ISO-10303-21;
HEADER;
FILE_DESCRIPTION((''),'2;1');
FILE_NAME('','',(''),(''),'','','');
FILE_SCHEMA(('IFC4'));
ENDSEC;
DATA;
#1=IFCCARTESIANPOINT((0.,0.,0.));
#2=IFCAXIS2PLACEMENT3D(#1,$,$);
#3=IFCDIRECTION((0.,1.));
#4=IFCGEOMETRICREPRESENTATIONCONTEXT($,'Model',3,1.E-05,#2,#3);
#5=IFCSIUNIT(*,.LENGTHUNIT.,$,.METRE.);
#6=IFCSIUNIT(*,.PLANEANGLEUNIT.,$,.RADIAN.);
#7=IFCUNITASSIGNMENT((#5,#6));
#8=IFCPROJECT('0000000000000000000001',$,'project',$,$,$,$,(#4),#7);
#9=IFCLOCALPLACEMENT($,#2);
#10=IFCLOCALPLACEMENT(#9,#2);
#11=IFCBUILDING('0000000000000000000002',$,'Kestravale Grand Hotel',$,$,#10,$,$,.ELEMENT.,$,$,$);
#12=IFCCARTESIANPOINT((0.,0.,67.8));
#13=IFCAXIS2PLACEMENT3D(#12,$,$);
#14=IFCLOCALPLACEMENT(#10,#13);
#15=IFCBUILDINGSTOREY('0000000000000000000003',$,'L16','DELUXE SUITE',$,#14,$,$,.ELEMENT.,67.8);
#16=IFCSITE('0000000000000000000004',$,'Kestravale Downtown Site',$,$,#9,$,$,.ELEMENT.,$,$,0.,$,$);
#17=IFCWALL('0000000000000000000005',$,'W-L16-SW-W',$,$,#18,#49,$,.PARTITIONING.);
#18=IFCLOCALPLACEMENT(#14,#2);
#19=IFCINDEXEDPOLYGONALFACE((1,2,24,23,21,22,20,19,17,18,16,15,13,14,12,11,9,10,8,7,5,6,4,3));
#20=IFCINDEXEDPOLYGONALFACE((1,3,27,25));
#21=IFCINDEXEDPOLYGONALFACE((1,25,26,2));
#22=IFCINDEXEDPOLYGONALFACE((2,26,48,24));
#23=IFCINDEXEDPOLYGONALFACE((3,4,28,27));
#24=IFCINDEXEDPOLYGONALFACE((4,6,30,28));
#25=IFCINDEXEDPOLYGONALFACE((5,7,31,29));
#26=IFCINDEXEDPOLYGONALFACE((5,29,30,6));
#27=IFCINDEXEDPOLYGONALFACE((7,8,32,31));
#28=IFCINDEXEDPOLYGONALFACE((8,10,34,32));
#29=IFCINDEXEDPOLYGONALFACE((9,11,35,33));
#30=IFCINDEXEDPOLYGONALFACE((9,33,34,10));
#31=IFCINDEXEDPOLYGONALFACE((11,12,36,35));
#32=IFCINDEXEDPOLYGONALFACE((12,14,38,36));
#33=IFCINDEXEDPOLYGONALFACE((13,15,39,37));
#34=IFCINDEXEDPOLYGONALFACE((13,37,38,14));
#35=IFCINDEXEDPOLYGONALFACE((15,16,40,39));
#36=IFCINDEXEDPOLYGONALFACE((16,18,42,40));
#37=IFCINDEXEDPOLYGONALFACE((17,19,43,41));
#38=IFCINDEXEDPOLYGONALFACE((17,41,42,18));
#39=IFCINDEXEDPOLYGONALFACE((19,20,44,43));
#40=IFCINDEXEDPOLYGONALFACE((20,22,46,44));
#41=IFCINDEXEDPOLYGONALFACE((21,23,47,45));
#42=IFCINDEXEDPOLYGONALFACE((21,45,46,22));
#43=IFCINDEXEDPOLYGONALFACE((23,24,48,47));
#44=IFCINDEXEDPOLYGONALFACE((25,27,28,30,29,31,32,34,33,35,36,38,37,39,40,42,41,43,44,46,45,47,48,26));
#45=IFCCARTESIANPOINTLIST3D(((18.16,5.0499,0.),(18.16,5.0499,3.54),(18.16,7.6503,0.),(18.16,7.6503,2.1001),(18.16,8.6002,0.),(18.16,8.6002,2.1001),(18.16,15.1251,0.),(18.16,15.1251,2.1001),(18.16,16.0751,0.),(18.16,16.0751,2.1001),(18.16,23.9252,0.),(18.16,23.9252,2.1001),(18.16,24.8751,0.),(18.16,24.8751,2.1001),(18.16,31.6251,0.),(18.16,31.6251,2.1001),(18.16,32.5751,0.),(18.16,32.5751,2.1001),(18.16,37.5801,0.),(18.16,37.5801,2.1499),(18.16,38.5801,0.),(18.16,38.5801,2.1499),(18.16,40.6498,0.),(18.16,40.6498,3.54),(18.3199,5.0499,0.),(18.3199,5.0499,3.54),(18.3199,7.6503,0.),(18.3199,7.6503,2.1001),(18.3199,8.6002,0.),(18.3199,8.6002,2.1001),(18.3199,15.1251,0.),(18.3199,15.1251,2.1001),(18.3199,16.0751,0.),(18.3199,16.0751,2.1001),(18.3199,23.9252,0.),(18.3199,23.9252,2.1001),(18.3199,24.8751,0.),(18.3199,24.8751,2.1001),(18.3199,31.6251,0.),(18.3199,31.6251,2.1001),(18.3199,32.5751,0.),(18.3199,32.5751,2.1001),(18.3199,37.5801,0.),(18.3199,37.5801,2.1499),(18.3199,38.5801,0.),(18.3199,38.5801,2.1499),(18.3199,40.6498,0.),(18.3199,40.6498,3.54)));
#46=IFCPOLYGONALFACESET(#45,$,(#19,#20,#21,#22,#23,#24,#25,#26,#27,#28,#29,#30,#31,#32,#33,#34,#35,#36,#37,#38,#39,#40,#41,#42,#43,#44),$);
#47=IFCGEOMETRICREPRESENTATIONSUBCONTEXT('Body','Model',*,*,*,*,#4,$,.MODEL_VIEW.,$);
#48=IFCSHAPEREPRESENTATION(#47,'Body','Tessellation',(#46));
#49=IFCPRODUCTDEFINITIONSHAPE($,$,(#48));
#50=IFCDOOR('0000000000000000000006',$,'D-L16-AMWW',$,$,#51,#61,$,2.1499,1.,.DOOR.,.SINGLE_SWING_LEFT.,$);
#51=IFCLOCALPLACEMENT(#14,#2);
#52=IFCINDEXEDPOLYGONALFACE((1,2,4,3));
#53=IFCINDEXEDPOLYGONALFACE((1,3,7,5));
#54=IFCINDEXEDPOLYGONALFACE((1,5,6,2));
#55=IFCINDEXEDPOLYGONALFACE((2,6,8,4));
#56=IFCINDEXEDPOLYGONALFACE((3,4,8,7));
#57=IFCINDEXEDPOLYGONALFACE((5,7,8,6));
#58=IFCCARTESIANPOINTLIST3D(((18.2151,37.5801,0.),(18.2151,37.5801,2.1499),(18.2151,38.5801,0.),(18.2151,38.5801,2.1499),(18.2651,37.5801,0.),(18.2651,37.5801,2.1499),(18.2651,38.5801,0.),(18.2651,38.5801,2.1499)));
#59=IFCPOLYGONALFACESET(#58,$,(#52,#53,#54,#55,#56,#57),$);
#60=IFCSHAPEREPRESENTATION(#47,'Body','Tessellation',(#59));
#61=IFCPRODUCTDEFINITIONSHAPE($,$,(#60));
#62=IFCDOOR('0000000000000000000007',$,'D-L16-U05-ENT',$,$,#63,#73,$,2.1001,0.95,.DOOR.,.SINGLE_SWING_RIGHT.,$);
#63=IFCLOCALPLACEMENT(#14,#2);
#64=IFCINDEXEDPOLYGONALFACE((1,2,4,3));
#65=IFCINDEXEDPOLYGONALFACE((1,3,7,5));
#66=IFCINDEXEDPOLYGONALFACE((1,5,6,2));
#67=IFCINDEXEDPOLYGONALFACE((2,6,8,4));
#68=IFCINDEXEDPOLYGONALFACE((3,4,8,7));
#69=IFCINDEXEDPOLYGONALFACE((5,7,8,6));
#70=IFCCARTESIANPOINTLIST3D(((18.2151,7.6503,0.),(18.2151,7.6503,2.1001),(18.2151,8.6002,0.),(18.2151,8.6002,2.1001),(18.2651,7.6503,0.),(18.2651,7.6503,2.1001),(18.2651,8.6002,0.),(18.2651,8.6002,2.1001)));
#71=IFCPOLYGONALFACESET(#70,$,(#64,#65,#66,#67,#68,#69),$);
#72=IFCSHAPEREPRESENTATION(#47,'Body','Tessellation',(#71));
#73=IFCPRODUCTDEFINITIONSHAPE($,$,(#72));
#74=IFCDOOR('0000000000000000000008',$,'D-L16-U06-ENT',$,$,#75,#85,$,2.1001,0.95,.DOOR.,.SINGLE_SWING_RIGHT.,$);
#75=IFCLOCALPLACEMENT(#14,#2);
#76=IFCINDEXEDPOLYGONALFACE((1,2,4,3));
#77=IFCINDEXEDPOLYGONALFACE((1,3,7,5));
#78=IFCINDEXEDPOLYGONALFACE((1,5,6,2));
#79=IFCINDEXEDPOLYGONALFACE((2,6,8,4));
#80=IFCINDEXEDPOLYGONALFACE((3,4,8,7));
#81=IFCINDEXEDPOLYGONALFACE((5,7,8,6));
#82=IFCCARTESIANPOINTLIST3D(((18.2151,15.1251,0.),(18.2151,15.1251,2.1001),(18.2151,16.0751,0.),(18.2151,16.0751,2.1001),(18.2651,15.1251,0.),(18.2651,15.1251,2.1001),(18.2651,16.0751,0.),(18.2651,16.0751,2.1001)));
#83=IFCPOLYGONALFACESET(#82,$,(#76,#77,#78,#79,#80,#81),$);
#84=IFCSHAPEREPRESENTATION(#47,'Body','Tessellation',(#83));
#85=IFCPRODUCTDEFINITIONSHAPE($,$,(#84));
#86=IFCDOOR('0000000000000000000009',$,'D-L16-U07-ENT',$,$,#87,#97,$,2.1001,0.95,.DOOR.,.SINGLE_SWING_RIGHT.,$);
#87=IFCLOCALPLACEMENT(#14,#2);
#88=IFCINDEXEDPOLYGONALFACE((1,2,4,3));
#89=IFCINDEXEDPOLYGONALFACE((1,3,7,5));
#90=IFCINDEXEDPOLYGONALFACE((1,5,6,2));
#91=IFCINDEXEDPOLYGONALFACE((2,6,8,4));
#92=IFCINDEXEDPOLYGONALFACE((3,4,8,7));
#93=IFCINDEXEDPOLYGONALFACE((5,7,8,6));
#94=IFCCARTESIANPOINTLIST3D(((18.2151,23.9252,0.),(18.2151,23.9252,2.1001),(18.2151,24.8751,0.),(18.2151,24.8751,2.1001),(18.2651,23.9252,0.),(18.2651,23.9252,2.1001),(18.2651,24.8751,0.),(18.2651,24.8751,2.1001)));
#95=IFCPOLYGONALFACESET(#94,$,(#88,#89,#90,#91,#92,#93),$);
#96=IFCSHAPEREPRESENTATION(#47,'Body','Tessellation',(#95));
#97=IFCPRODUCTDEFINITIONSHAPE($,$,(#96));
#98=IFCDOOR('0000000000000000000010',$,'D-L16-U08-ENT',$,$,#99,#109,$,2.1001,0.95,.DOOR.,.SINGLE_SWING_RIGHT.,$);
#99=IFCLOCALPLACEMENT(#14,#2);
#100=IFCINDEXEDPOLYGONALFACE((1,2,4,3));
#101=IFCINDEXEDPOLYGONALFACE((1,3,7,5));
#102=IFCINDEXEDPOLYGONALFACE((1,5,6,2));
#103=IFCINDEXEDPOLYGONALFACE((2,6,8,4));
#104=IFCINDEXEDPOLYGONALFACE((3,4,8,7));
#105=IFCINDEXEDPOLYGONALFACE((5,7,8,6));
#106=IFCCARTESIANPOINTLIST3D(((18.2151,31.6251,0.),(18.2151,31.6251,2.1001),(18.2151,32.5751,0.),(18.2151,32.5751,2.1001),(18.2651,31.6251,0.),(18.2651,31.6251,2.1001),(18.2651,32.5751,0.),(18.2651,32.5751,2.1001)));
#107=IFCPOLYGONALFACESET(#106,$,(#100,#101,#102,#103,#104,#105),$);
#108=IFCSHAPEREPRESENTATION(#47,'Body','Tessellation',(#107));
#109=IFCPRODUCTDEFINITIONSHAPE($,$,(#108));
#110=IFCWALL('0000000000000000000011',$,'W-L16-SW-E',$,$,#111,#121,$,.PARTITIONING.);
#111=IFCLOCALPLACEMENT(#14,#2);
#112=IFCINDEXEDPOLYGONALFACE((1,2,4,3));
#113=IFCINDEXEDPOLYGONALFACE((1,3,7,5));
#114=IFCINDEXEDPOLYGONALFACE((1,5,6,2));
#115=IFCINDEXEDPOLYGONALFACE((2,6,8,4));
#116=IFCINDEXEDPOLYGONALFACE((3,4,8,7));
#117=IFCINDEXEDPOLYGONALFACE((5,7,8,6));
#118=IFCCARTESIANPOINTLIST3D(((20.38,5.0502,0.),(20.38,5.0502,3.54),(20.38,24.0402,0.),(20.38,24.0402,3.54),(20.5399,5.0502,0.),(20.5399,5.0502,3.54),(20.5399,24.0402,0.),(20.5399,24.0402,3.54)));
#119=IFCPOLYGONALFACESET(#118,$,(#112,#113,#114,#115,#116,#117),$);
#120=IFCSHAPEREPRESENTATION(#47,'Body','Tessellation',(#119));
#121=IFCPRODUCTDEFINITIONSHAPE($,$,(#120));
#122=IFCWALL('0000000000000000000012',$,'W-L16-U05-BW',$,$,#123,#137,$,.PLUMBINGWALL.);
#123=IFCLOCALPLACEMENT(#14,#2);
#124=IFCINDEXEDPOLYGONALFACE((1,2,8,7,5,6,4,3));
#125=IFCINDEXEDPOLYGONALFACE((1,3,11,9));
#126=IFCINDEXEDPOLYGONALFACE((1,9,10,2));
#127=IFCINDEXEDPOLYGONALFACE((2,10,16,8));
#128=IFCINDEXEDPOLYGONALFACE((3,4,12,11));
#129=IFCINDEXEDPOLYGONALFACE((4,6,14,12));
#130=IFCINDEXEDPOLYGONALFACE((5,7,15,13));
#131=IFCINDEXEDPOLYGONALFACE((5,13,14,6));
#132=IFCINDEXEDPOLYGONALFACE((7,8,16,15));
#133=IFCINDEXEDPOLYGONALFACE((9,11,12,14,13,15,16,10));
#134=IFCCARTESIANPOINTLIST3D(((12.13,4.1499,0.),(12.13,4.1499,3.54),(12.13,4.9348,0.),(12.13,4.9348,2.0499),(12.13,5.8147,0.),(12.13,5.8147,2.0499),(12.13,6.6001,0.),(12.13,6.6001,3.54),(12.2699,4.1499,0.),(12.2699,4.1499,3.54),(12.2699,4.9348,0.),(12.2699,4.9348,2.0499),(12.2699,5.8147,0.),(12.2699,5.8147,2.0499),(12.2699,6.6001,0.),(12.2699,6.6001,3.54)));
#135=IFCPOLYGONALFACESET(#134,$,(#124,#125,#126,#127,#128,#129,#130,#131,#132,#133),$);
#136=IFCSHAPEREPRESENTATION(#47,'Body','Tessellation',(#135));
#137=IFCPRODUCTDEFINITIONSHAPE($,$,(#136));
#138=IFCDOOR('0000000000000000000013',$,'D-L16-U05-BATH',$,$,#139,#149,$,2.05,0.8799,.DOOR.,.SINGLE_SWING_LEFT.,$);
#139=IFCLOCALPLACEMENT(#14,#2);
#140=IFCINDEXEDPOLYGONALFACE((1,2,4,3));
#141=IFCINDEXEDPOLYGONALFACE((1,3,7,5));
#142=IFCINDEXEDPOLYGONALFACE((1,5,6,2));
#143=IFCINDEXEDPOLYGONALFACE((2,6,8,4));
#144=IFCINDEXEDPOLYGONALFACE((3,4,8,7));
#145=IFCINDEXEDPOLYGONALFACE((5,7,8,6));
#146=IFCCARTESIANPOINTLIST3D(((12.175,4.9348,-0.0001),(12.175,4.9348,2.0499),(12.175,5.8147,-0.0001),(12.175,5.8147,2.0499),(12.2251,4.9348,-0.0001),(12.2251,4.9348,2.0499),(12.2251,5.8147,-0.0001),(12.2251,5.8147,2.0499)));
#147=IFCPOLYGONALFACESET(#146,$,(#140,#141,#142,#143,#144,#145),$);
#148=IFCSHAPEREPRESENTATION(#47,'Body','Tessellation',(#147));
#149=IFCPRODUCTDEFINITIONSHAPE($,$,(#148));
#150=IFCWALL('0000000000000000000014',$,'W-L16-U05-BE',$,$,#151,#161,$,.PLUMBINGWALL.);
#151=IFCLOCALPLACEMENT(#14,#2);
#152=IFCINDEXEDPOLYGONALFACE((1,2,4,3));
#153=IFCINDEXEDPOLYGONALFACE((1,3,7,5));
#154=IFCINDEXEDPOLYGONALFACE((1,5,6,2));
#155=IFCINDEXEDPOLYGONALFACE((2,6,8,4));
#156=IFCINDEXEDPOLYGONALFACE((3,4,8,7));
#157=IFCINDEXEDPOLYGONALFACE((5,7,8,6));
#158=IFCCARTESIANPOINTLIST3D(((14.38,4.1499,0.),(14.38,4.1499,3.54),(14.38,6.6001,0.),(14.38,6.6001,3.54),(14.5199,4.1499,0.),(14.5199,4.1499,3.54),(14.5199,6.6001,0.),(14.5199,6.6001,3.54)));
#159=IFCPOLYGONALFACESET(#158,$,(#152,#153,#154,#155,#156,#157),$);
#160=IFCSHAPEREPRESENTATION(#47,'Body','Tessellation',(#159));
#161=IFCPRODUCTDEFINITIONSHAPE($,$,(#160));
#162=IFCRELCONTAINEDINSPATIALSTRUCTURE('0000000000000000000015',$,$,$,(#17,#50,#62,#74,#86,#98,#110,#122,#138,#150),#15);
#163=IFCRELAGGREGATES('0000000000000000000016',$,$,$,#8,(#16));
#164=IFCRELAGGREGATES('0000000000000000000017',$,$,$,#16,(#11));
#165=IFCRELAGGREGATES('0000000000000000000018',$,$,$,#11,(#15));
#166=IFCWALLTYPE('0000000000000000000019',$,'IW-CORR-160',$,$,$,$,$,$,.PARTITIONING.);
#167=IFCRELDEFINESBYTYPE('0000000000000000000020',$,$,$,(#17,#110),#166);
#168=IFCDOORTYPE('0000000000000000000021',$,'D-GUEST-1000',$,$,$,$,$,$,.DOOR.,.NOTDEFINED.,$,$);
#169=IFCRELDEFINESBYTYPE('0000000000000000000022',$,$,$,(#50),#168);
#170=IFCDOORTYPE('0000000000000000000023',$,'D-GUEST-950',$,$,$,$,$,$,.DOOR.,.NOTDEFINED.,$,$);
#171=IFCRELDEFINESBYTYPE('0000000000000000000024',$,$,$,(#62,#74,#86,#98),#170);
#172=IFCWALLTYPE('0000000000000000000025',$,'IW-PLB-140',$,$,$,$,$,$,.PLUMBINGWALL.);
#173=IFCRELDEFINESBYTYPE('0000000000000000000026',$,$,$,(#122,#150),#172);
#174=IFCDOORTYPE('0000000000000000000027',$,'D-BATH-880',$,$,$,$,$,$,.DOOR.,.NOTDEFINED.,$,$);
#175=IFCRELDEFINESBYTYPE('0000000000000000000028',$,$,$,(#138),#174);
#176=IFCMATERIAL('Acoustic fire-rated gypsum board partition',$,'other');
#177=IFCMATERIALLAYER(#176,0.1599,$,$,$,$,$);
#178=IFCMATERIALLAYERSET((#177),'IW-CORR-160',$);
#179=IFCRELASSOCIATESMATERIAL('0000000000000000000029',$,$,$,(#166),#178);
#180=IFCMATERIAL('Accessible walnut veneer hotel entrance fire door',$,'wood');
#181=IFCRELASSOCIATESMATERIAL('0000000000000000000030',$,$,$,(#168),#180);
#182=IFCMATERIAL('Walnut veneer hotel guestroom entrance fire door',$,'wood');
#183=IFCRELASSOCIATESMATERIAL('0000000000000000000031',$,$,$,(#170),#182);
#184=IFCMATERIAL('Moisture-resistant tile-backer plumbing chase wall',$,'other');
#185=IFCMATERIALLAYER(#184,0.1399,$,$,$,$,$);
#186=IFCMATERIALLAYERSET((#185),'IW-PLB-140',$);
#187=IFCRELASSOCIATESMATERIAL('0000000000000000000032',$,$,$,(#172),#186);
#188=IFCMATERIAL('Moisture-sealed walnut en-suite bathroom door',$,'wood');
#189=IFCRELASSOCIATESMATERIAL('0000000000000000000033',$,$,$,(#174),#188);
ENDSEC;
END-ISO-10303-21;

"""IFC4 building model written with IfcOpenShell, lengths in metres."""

from ifc_helpers import new_model, si_unit, direction, frame, frame_2d, origin, place, context, subcontext, project, spatial, rectangle, extrude, material, layer, layer_set, type_object, element, fill, save


model = new_model("IFC4")

# Units and contexts
model_context = context("Model", 3, precision=1e-05, world=origin(), true_north=direction((0.0, 1.0)))
body_context = subcontext(model_context, "Body", "Model", "MODEL_VIEW")
ifc_project = project(units=[si_unit("LENGTHUNIT", "METRE"), si_unit("PLANEANGLEUNIT", "RADIAN")], contexts=[model_context])

# Site, building, storey
site_placement = place(None, origin())
site = spatial("IfcSite", under=ifc_project, at=site_placement, Name="Kestravale Downtown Site", CompositionType="ELEMENT", RefElevation=0.0)
building_placement = place(site_placement, origin())
building = spatial("IfcBuilding", under=site, at=building_placement, Name="Kestravale Grand Hotel", CompositionType="ELEMENT")
storey_placement = place(building_placement, frame((0.0, 0.0, 67.8)))
storey = spatial("IfcBuildingStorey", under=building, at=storey_placement, Name="L16", Description="DELUXE SUITE", CompositionType="ELEMENT", Elevation=67.8)

# Wall, openings, doors
ifc_material_1 = material(Name="Acoustic fire-rated gypsum board partition", Category="other")
ifc_layer_1 = layer(ifc_material_1, 0.1599)
ifc_layer_set_1 = layer_set([ifc_layer_1], Name="IW-CORR-160")
wall_type_1 = type_object("IfcWallType", Name="IW-CORR-160", PredefinedType="PARTITIONING", material=ifc_layer_set_1)
wall_1_placement = place(storey_placement, frame((18.24, 5.05, 0.0), z_axis=(0.0, 0.0, 1.0), x_axis=(0.0, 1.0, 0.0)))
wall_1 = element("IfcWall", 1, at=wall_1_placement, inside=storey, type_object=wall_type_1, Name="W-L16-SW-W", PredefinedType="PARTITIONING", context=body_context, shape_type="SweptSolid", body=[
    extrude(rectangle(XDim=35.5999, YDim=0.1599, at=frame_2d((17.7998, 0.0))), origin(), (0.0, 0.0, 1.0), 3.54),
])
opening_1_placement = place(wall_1_placement, frame((2.6001, 0.0, 0.0)))
opening_1 = element("IfcOpeningElement", 2, at=opening_1_placement, cuts=wall_1, PredefinedType="OPENING", context=body_context, shape_type="SweptSolid", body=[
    extrude(rectangle(XDim=0.95, YDim=2.1001, at=frame_2d((0.4751, 1.05))), frame((0.0, 0.0898, 0.0), z_axis=(0.0, -1.0, 0.0), x_axis=(1.0, 0.0, 0.0)), (0.0, 0.0, 1.0), 0.1799),
])
opening_2_placement = place(wall_1_placement, frame((10.075, 0.0, 0.0)))
opening_2 = element("IfcOpeningElement", 3, at=opening_2_placement, cuts=wall_1, PredefinedType="OPENING", context=body_context, shape_type="SweptSolid", body=[
    extrude(rectangle(XDim=0.95, YDim=2.1001, at=frame_2d((0.4751, 1.05))), frame((0.0, 0.0898, 0.0), z_axis=(0.0, -1.0, 0.0), x_axis=(1.0, 0.0, 0.0)), (0.0, 0.0, 1.0), 0.1799),
])
opening_3_placement = place(wall_1_placement, frame((18.875, 0.0, 0.0)))
opening_3 = element("IfcOpeningElement", 4, at=opening_3_placement, cuts=wall_1, PredefinedType="OPENING", context=body_context, shape_type="SweptSolid", body=[
    extrude(rectangle(XDim=0.95, YDim=2.1001, at=frame_2d((0.4751, 1.05))), frame((0.0, 0.0898, 0.0), z_axis=(0.0, -1.0, 0.0), x_axis=(1.0, 0.0, 0.0)), (0.0, 0.0, 1.0), 0.1799),
])
opening_4_placement = place(wall_1_placement, frame((26.575, 0.0, 0.0)))
opening_4 = element("IfcOpeningElement", 5, at=opening_4_placement, cuts=wall_1, PredefinedType="OPENING", context=body_context, shape_type="SweptSolid", body=[
    extrude(rectangle(XDim=0.95, YDim=2.1001, at=frame_2d((0.4751, 1.05))), frame((0.0, 0.0898, 0.0), z_axis=(0.0, -1.0, 0.0), x_axis=(1.0, 0.0, 0.0)), (0.0, 0.0, 1.0), 0.1799),
])
opening_5_placement = place(wall_1_placement, frame((32.53, 0.0, 0.0)))
opening_5 = element("IfcOpeningElement", 6, at=opening_5_placement, cuts=wall_1, PredefinedType="OPENING", context=body_context, shape_type="SweptSolid", body=[
    extrude(rectangle(XDim=1.0, YDim=2.1499, at=frame_2d((0.5, 1.075))), frame((0.0, 0.0898, 0.0), z_axis=(0.0, -1.0, 0.0), x_axis=(1.0, 0.0, 0.0)), (0.0, 0.0, 1.0), 0.1799),
])
ifc_material_2 = material(Name="Accessible walnut veneer hotel entrance fire door", Category="wood")
door_type_1 = type_object("IfcDoorType", Name="D-GUEST-1000", OperationType="NOTDEFINED", PredefinedType="DOOR", material=ifc_material_2)
door_1_placement = place(opening_5_placement, origin())
door_1 = element("IfcDoor", 7, at=door_1_placement, inside=storey, type_object=door_type_1, Name="D-L16-AMWW", OperationType="SINGLE_SWING_LEFT", OverallHeight=2.1499, OverallWidth=1.0, PredefinedType="DOOR", context=body_context, shape_type="SweptSolid", body=[
    extrude(rectangle(XDim=1.0, YDim=2.1499, at=frame_2d((0.5, 1.075))), frame((0.0, 0.0249, 0.0), z_axis=(0.0, -1.0, 0.0), x_axis=(1.0, 0.0, 0.0)), (0.0, 0.0, 1.0), 0.05),
])
fill(opening_5, door_1)
ifc_material_3 = material(Name="Walnut veneer hotel guestroom entrance fire door", Category="wood")
door_type_2 = type_object("IfcDoorType", Name="D-GUEST-950", OperationType="NOTDEFINED", PredefinedType="DOOR", material=ifc_material_3)
door_2_placement = place(opening_1_placement, origin())
door_2 = element("IfcDoor", 8, at=door_2_placement, inside=storey, type_object=door_type_2, Name="D-L16-U05-ENT", OperationType="SINGLE_SWING_RIGHT", OverallHeight=2.1001, OverallWidth=0.95, PredefinedType="DOOR", context=body_context, shape_type="SweptSolid", body=[
    extrude(rectangle(XDim=0.95, YDim=2.1001, at=frame_2d((0.4751, 1.05))), frame((0.0, 0.0249, 0.0), z_axis=(0.0, -1.0, 0.0), x_axis=(1.0, 0.0, 0.0)), (0.0, 0.0, 1.0), 0.05),
])
fill(opening_1, door_2)
door_3_placement = place(opening_2_placement, origin())
door_3 = element("IfcDoor", 9, at=door_3_placement, inside=storey, type_object=door_type_2, Name="D-L16-U06-ENT", OperationType="SINGLE_SWING_RIGHT", OverallHeight=2.1001, OverallWidth=0.95, PredefinedType="DOOR", context=body_context, shape_type="SweptSolid", body=[
    extrude(rectangle(XDim=0.95, YDim=2.1001, at=frame_2d((0.4751, 1.05))), frame((0.0, 0.0249, 0.0), z_axis=(0.0, -1.0, 0.0), x_axis=(1.0, 0.0, 0.0)), (0.0, 0.0, 1.0), 0.05),
])
fill(opening_2, door_3)
door_4_placement = place(opening_3_placement, origin())
door_4 = element("IfcDoor", 10, at=door_4_placement, inside=storey, type_object=door_type_2, Name="D-L16-U07-ENT", OperationType="SINGLE_SWING_RIGHT", OverallHeight=2.1001, OverallWidth=0.95, PredefinedType="DOOR", context=body_context, shape_type="SweptSolid", body=[
    extrude(rectangle(XDim=0.95, YDim=2.1001, at=frame_2d((0.4751, 1.05))), frame((0.0, 0.0249, 0.0), z_axis=(0.0, -1.0, 0.0), x_axis=(1.0, 0.0, 0.0)), (0.0, 0.0, 1.0), 0.05),
])
fill(opening_3, door_4)
door_5_placement = place(opening_4_placement, origin())
door_5 = element("IfcDoor", 11, at=door_5_placement, inside=storey, type_object=door_type_2, Name="D-L16-U08-ENT", OperationType="SINGLE_SWING_RIGHT", OverallHeight=2.1001, OverallWidth=0.95, PredefinedType="DOOR", context=body_context, shape_type="SweptSolid", body=[
    extrude(rectangle(XDim=0.95, YDim=2.1001, at=frame_2d((0.4751, 1.05))), frame((0.0, 0.0249, 0.0), z_axis=(0.0, -1.0, 0.0), x_axis=(1.0, 0.0, 0.0)), (0.0, 0.0, 1.0), 0.05),
])
fill(opening_4, door_5)

# Wall
wall_2_placement = place(storey_placement, frame((20.46, 5.05, 0.0), z_axis=(0.0, 0.0, 1.0), x_axis=(0.0, 1.0, 0.0)))
element("IfcWall", 12, at=wall_2_placement, inside=storey, type_object=wall_type_1, Name="W-L16-SW-E", PredefinedType="PARTITIONING", context=body_context, shape_type="SweptSolid", body=[
    extrude(rectangle(XDim=18.99, YDim=0.1599, at=frame_2d((9.4951, 0.0))), origin(), (0.0, 0.0, 1.0), 3.54),
])

# Wall, opening, door
ifc_material_4 = material(Name="Moisture-resistant tile-backer plumbing chase wall", Category="other")
ifc_layer_2 = layer(ifc_material_4, 0.1399)
ifc_layer_set_2 = layer_set([ifc_layer_2], Name="IW-PLB-140")
wall_type_2 = type_object("IfcWallType", Name="IW-PLB-140", PredefinedType="PLUMBINGWALL", material=ifc_layer_set_2)
wall_3_placement = place(storey_placement, frame((12.2, 4.1499, 0.0), z_axis=(0.0, 0.0, 1.0), x_axis=(0.0, 1.0, 0.0)))
wall_3 = element("IfcWall", 13, at=wall_3_placement, inside=storey, type_object=wall_type_2, Name="W-L16-U05-BW", PredefinedType="PLUMBINGWALL", context=body_context, shape_type="SweptSolid", body=[
    extrude(rectangle(XDim=2.4502, YDim=0.1399, at=frame_2d((1.2251, 0.0))), origin(), (0.0, 0.0, 1.0), 3.54),
])
opening_6_placement = place(wall_3_placement, frame((0.7849, 0.0, 0.0)))
opening_6 = element("IfcOpeningElement", 14, at=opening_6_placement, cuts=wall_3, PredefinedType="OPENING", context=body_context, shape_type="SweptSolid", body=[
    extrude(rectangle(XDim=0.8799, YDim=2.05, at=frame_2d((0.4399, 1.0249))), frame((0.0, 0.0798, 0.0), z_axis=(0.0, -1.0, 0.0), x_axis=(1.0, 0.0, 0.0)), (0.0, 0.0, 1.0), 0.1599),
])
ifc_material_5 = material(Name="Moisture-sealed walnut en-suite bathroom door", Category="wood")
door_type_3 = type_object("IfcDoorType", Name="D-BATH-880", OperationType="NOTDEFINED", PredefinedType="DOOR", material=ifc_material_5)
door_6_placement = place(opening_6_placement, origin())
door_6 = element("IfcDoor", 15, at=door_6_placement, inside=storey, type_object=door_type_3, Name="D-L16-U05-BATH", OperationType="SINGLE_SWING_LEFT", OverallHeight=2.05, OverallWidth=0.8799, PredefinedType="DOOR", context=body_context, shape_type="SweptSolid", body=[
    extrude(rectangle(XDim=0.8799, YDim=2.05, at=frame_2d((0.4399, 1.0249))), frame((0.0, 0.0249, 0.0), z_axis=(0.0, -1.0, 0.0), x_axis=(1.0, 0.0, 0.0)), (0.0, 0.0, 1.0), 0.05),
])
fill(opening_6, door_6)

# Wall
wall_4_placement = place(storey_placement, frame((14.45, 4.1499, 0.0), z_axis=(0.0, 0.0, 1.0), x_axis=(0.0, 1.0, 0.0)))
element("IfcWall", 16, at=wall_4_placement, inside=storey, type_object=wall_type_2, Name="W-L16-U05-BE", PredefinedType="PLUMBINGWALL", context=body_context, shape_type="SweptSolid", body=[
    extrude(rectangle(XDim=2.4502, YDim=0.1399, at=frame_2d((1.2251, 0.0))), origin(), (0.0, 0.0, 1.0), 3.54),
])

save(model, "model.ifc")
